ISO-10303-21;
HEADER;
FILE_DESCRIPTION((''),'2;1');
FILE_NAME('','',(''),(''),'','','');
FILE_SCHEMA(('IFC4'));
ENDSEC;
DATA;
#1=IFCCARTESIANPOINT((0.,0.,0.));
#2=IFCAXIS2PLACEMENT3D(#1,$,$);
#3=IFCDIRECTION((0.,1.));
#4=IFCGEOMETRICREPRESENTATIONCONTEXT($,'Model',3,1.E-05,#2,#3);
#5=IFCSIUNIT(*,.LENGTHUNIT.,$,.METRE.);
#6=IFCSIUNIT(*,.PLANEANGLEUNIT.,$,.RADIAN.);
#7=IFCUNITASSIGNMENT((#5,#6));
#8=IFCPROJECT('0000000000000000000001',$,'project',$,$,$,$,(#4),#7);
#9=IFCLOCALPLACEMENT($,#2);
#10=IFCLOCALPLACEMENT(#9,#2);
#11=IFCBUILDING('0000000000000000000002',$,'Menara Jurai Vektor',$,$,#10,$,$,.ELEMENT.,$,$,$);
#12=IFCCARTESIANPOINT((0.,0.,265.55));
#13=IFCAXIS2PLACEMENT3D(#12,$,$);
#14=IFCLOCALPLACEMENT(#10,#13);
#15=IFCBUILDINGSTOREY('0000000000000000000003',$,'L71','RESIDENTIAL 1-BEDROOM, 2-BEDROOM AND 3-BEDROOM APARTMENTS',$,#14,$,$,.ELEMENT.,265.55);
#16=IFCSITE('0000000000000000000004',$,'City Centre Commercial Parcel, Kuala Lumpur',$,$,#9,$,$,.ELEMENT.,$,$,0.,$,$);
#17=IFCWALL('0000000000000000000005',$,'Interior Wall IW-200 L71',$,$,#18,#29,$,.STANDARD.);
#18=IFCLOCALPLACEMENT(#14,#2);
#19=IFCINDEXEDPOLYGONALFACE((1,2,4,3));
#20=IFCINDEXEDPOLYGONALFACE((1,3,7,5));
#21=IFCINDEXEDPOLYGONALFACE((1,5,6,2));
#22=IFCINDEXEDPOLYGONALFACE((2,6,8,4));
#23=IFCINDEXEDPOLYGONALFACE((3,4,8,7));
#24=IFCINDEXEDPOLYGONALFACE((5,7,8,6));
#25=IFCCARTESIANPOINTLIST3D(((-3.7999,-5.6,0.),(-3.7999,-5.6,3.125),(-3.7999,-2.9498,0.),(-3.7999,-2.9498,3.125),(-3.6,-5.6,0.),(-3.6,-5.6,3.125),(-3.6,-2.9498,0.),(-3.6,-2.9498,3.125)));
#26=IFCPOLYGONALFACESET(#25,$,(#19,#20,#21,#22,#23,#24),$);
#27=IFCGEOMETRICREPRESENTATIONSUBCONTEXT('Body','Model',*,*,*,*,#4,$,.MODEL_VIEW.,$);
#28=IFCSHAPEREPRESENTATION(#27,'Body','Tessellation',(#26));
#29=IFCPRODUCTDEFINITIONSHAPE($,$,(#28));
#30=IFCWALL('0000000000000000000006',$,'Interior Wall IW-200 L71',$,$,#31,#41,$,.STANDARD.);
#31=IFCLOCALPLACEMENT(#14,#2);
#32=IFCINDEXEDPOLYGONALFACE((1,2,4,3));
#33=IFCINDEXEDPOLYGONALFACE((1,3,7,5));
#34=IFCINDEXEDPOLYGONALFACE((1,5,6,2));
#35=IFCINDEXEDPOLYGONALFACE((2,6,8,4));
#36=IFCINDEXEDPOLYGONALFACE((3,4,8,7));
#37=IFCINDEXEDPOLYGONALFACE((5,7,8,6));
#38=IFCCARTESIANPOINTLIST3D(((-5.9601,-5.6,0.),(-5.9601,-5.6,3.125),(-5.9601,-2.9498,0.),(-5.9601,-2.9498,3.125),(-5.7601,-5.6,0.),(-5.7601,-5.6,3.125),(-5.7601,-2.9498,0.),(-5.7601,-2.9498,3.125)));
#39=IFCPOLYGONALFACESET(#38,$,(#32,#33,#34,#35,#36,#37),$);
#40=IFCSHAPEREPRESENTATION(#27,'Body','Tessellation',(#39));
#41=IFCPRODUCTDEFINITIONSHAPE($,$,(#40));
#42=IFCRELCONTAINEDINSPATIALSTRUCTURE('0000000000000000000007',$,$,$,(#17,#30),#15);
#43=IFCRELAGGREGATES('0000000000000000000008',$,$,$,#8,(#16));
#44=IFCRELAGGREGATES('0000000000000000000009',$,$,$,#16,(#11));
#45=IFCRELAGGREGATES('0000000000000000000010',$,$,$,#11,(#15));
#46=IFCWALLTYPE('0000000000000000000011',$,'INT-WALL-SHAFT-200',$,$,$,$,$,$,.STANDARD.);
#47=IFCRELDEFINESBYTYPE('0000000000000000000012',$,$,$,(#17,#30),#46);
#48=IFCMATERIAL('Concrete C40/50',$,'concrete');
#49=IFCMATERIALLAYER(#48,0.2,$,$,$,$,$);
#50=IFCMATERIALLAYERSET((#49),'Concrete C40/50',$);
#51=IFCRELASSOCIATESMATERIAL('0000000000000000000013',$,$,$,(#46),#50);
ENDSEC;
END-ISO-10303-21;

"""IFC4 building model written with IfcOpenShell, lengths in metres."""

from ifc_helpers import new_model, si_unit, direction, frame, frame_2d, origin, place, context, subcontext, project, spatial, rectangle, extrude, material, layer, layer_set, type_object, element, save


model = new_model("IFC4")

# Units and contexts
model_context = context("Model", 3, precision=1e-05, world=origin(), true_north=direction((0.0, 1.0)))
body_context = subcontext(model_context, "Body", "Model", "MODEL_VIEW")
ifc_project = project(units=[si_unit("LENGTHUNIT", "METRE"), si_unit("PLANEANGLEUNIT", "RADIAN")], contexts=[model_context])

# Site, building, storey
site_placement = place(None, origin())
site = spatial("IfcSite", under=ifc_project, at=site_placement, Name="City Centre Commercial Parcel, Kuala Lumpur", CompositionType="ELEMENT", RefElevation=0.0)
building_placement = place(site_placement, origin())
building = spatial("IfcBuilding", under=site, at=building_placement, Name="Menara Jurai Vektor", CompositionType="ELEMENT")
storey_placement = place(building_placement, frame((0.0, 0.0, 265.55)))
storey = spatial("IfcBuildingStorey", under=building, at=storey_placement, Name="L71", Description="RESIDENTIAL 1-BEDROOM, 2-BEDROOM AND 3-BEDROOM APARTMENTS", CompositionType="ELEMENT", Elevation=265.55)

# Shared definitions
ifc_material_1 = material(Name="Concrete C40/50", Category="concrete")

# Walls
ifc_layer_1 = layer(ifc_material_1, 0.2)
ifc_layer_set_1 = layer_set([ifc_layer_1], Name="Concrete C40/50")
wall_type_1 = type_object("IfcWallType", Name="INT-WALL-SHAFT-200", PredefinedType="STANDARD", material=ifc_layer_set_1)
for number, where, z_axis, x_axis, name in (
    (1, (-3.7, -5.6001, 0.0), (0.0, 0.0, 1.0), (0.0, 1.0, 0.0), "Interior Wall IW-200 L71"),
    (2, (-5.8601, -5.6001, 0.0), (0.0, 0.0, 1.0), (0.0, 1.0, 0.0), "Interior Wall IW-200 L71"),
):
    element("IfcWall", number, at=place(storey_placement, frame(where, z_axis=z_axis, x_axis=x_axis)), inside=storey, type_object=wall_type_1, Name=name, PredefinedType="STANDARD", context=body_context, shape_type="SweptSolid", body=[
        extrude(rectangle(XDim=2.6501, YDim=0.2, at=frame_2d((1.3252, 0.0))), origin(), (0.0, 0.0, 1.0), 3.125),
    ])

save(model, "model.ifc")
